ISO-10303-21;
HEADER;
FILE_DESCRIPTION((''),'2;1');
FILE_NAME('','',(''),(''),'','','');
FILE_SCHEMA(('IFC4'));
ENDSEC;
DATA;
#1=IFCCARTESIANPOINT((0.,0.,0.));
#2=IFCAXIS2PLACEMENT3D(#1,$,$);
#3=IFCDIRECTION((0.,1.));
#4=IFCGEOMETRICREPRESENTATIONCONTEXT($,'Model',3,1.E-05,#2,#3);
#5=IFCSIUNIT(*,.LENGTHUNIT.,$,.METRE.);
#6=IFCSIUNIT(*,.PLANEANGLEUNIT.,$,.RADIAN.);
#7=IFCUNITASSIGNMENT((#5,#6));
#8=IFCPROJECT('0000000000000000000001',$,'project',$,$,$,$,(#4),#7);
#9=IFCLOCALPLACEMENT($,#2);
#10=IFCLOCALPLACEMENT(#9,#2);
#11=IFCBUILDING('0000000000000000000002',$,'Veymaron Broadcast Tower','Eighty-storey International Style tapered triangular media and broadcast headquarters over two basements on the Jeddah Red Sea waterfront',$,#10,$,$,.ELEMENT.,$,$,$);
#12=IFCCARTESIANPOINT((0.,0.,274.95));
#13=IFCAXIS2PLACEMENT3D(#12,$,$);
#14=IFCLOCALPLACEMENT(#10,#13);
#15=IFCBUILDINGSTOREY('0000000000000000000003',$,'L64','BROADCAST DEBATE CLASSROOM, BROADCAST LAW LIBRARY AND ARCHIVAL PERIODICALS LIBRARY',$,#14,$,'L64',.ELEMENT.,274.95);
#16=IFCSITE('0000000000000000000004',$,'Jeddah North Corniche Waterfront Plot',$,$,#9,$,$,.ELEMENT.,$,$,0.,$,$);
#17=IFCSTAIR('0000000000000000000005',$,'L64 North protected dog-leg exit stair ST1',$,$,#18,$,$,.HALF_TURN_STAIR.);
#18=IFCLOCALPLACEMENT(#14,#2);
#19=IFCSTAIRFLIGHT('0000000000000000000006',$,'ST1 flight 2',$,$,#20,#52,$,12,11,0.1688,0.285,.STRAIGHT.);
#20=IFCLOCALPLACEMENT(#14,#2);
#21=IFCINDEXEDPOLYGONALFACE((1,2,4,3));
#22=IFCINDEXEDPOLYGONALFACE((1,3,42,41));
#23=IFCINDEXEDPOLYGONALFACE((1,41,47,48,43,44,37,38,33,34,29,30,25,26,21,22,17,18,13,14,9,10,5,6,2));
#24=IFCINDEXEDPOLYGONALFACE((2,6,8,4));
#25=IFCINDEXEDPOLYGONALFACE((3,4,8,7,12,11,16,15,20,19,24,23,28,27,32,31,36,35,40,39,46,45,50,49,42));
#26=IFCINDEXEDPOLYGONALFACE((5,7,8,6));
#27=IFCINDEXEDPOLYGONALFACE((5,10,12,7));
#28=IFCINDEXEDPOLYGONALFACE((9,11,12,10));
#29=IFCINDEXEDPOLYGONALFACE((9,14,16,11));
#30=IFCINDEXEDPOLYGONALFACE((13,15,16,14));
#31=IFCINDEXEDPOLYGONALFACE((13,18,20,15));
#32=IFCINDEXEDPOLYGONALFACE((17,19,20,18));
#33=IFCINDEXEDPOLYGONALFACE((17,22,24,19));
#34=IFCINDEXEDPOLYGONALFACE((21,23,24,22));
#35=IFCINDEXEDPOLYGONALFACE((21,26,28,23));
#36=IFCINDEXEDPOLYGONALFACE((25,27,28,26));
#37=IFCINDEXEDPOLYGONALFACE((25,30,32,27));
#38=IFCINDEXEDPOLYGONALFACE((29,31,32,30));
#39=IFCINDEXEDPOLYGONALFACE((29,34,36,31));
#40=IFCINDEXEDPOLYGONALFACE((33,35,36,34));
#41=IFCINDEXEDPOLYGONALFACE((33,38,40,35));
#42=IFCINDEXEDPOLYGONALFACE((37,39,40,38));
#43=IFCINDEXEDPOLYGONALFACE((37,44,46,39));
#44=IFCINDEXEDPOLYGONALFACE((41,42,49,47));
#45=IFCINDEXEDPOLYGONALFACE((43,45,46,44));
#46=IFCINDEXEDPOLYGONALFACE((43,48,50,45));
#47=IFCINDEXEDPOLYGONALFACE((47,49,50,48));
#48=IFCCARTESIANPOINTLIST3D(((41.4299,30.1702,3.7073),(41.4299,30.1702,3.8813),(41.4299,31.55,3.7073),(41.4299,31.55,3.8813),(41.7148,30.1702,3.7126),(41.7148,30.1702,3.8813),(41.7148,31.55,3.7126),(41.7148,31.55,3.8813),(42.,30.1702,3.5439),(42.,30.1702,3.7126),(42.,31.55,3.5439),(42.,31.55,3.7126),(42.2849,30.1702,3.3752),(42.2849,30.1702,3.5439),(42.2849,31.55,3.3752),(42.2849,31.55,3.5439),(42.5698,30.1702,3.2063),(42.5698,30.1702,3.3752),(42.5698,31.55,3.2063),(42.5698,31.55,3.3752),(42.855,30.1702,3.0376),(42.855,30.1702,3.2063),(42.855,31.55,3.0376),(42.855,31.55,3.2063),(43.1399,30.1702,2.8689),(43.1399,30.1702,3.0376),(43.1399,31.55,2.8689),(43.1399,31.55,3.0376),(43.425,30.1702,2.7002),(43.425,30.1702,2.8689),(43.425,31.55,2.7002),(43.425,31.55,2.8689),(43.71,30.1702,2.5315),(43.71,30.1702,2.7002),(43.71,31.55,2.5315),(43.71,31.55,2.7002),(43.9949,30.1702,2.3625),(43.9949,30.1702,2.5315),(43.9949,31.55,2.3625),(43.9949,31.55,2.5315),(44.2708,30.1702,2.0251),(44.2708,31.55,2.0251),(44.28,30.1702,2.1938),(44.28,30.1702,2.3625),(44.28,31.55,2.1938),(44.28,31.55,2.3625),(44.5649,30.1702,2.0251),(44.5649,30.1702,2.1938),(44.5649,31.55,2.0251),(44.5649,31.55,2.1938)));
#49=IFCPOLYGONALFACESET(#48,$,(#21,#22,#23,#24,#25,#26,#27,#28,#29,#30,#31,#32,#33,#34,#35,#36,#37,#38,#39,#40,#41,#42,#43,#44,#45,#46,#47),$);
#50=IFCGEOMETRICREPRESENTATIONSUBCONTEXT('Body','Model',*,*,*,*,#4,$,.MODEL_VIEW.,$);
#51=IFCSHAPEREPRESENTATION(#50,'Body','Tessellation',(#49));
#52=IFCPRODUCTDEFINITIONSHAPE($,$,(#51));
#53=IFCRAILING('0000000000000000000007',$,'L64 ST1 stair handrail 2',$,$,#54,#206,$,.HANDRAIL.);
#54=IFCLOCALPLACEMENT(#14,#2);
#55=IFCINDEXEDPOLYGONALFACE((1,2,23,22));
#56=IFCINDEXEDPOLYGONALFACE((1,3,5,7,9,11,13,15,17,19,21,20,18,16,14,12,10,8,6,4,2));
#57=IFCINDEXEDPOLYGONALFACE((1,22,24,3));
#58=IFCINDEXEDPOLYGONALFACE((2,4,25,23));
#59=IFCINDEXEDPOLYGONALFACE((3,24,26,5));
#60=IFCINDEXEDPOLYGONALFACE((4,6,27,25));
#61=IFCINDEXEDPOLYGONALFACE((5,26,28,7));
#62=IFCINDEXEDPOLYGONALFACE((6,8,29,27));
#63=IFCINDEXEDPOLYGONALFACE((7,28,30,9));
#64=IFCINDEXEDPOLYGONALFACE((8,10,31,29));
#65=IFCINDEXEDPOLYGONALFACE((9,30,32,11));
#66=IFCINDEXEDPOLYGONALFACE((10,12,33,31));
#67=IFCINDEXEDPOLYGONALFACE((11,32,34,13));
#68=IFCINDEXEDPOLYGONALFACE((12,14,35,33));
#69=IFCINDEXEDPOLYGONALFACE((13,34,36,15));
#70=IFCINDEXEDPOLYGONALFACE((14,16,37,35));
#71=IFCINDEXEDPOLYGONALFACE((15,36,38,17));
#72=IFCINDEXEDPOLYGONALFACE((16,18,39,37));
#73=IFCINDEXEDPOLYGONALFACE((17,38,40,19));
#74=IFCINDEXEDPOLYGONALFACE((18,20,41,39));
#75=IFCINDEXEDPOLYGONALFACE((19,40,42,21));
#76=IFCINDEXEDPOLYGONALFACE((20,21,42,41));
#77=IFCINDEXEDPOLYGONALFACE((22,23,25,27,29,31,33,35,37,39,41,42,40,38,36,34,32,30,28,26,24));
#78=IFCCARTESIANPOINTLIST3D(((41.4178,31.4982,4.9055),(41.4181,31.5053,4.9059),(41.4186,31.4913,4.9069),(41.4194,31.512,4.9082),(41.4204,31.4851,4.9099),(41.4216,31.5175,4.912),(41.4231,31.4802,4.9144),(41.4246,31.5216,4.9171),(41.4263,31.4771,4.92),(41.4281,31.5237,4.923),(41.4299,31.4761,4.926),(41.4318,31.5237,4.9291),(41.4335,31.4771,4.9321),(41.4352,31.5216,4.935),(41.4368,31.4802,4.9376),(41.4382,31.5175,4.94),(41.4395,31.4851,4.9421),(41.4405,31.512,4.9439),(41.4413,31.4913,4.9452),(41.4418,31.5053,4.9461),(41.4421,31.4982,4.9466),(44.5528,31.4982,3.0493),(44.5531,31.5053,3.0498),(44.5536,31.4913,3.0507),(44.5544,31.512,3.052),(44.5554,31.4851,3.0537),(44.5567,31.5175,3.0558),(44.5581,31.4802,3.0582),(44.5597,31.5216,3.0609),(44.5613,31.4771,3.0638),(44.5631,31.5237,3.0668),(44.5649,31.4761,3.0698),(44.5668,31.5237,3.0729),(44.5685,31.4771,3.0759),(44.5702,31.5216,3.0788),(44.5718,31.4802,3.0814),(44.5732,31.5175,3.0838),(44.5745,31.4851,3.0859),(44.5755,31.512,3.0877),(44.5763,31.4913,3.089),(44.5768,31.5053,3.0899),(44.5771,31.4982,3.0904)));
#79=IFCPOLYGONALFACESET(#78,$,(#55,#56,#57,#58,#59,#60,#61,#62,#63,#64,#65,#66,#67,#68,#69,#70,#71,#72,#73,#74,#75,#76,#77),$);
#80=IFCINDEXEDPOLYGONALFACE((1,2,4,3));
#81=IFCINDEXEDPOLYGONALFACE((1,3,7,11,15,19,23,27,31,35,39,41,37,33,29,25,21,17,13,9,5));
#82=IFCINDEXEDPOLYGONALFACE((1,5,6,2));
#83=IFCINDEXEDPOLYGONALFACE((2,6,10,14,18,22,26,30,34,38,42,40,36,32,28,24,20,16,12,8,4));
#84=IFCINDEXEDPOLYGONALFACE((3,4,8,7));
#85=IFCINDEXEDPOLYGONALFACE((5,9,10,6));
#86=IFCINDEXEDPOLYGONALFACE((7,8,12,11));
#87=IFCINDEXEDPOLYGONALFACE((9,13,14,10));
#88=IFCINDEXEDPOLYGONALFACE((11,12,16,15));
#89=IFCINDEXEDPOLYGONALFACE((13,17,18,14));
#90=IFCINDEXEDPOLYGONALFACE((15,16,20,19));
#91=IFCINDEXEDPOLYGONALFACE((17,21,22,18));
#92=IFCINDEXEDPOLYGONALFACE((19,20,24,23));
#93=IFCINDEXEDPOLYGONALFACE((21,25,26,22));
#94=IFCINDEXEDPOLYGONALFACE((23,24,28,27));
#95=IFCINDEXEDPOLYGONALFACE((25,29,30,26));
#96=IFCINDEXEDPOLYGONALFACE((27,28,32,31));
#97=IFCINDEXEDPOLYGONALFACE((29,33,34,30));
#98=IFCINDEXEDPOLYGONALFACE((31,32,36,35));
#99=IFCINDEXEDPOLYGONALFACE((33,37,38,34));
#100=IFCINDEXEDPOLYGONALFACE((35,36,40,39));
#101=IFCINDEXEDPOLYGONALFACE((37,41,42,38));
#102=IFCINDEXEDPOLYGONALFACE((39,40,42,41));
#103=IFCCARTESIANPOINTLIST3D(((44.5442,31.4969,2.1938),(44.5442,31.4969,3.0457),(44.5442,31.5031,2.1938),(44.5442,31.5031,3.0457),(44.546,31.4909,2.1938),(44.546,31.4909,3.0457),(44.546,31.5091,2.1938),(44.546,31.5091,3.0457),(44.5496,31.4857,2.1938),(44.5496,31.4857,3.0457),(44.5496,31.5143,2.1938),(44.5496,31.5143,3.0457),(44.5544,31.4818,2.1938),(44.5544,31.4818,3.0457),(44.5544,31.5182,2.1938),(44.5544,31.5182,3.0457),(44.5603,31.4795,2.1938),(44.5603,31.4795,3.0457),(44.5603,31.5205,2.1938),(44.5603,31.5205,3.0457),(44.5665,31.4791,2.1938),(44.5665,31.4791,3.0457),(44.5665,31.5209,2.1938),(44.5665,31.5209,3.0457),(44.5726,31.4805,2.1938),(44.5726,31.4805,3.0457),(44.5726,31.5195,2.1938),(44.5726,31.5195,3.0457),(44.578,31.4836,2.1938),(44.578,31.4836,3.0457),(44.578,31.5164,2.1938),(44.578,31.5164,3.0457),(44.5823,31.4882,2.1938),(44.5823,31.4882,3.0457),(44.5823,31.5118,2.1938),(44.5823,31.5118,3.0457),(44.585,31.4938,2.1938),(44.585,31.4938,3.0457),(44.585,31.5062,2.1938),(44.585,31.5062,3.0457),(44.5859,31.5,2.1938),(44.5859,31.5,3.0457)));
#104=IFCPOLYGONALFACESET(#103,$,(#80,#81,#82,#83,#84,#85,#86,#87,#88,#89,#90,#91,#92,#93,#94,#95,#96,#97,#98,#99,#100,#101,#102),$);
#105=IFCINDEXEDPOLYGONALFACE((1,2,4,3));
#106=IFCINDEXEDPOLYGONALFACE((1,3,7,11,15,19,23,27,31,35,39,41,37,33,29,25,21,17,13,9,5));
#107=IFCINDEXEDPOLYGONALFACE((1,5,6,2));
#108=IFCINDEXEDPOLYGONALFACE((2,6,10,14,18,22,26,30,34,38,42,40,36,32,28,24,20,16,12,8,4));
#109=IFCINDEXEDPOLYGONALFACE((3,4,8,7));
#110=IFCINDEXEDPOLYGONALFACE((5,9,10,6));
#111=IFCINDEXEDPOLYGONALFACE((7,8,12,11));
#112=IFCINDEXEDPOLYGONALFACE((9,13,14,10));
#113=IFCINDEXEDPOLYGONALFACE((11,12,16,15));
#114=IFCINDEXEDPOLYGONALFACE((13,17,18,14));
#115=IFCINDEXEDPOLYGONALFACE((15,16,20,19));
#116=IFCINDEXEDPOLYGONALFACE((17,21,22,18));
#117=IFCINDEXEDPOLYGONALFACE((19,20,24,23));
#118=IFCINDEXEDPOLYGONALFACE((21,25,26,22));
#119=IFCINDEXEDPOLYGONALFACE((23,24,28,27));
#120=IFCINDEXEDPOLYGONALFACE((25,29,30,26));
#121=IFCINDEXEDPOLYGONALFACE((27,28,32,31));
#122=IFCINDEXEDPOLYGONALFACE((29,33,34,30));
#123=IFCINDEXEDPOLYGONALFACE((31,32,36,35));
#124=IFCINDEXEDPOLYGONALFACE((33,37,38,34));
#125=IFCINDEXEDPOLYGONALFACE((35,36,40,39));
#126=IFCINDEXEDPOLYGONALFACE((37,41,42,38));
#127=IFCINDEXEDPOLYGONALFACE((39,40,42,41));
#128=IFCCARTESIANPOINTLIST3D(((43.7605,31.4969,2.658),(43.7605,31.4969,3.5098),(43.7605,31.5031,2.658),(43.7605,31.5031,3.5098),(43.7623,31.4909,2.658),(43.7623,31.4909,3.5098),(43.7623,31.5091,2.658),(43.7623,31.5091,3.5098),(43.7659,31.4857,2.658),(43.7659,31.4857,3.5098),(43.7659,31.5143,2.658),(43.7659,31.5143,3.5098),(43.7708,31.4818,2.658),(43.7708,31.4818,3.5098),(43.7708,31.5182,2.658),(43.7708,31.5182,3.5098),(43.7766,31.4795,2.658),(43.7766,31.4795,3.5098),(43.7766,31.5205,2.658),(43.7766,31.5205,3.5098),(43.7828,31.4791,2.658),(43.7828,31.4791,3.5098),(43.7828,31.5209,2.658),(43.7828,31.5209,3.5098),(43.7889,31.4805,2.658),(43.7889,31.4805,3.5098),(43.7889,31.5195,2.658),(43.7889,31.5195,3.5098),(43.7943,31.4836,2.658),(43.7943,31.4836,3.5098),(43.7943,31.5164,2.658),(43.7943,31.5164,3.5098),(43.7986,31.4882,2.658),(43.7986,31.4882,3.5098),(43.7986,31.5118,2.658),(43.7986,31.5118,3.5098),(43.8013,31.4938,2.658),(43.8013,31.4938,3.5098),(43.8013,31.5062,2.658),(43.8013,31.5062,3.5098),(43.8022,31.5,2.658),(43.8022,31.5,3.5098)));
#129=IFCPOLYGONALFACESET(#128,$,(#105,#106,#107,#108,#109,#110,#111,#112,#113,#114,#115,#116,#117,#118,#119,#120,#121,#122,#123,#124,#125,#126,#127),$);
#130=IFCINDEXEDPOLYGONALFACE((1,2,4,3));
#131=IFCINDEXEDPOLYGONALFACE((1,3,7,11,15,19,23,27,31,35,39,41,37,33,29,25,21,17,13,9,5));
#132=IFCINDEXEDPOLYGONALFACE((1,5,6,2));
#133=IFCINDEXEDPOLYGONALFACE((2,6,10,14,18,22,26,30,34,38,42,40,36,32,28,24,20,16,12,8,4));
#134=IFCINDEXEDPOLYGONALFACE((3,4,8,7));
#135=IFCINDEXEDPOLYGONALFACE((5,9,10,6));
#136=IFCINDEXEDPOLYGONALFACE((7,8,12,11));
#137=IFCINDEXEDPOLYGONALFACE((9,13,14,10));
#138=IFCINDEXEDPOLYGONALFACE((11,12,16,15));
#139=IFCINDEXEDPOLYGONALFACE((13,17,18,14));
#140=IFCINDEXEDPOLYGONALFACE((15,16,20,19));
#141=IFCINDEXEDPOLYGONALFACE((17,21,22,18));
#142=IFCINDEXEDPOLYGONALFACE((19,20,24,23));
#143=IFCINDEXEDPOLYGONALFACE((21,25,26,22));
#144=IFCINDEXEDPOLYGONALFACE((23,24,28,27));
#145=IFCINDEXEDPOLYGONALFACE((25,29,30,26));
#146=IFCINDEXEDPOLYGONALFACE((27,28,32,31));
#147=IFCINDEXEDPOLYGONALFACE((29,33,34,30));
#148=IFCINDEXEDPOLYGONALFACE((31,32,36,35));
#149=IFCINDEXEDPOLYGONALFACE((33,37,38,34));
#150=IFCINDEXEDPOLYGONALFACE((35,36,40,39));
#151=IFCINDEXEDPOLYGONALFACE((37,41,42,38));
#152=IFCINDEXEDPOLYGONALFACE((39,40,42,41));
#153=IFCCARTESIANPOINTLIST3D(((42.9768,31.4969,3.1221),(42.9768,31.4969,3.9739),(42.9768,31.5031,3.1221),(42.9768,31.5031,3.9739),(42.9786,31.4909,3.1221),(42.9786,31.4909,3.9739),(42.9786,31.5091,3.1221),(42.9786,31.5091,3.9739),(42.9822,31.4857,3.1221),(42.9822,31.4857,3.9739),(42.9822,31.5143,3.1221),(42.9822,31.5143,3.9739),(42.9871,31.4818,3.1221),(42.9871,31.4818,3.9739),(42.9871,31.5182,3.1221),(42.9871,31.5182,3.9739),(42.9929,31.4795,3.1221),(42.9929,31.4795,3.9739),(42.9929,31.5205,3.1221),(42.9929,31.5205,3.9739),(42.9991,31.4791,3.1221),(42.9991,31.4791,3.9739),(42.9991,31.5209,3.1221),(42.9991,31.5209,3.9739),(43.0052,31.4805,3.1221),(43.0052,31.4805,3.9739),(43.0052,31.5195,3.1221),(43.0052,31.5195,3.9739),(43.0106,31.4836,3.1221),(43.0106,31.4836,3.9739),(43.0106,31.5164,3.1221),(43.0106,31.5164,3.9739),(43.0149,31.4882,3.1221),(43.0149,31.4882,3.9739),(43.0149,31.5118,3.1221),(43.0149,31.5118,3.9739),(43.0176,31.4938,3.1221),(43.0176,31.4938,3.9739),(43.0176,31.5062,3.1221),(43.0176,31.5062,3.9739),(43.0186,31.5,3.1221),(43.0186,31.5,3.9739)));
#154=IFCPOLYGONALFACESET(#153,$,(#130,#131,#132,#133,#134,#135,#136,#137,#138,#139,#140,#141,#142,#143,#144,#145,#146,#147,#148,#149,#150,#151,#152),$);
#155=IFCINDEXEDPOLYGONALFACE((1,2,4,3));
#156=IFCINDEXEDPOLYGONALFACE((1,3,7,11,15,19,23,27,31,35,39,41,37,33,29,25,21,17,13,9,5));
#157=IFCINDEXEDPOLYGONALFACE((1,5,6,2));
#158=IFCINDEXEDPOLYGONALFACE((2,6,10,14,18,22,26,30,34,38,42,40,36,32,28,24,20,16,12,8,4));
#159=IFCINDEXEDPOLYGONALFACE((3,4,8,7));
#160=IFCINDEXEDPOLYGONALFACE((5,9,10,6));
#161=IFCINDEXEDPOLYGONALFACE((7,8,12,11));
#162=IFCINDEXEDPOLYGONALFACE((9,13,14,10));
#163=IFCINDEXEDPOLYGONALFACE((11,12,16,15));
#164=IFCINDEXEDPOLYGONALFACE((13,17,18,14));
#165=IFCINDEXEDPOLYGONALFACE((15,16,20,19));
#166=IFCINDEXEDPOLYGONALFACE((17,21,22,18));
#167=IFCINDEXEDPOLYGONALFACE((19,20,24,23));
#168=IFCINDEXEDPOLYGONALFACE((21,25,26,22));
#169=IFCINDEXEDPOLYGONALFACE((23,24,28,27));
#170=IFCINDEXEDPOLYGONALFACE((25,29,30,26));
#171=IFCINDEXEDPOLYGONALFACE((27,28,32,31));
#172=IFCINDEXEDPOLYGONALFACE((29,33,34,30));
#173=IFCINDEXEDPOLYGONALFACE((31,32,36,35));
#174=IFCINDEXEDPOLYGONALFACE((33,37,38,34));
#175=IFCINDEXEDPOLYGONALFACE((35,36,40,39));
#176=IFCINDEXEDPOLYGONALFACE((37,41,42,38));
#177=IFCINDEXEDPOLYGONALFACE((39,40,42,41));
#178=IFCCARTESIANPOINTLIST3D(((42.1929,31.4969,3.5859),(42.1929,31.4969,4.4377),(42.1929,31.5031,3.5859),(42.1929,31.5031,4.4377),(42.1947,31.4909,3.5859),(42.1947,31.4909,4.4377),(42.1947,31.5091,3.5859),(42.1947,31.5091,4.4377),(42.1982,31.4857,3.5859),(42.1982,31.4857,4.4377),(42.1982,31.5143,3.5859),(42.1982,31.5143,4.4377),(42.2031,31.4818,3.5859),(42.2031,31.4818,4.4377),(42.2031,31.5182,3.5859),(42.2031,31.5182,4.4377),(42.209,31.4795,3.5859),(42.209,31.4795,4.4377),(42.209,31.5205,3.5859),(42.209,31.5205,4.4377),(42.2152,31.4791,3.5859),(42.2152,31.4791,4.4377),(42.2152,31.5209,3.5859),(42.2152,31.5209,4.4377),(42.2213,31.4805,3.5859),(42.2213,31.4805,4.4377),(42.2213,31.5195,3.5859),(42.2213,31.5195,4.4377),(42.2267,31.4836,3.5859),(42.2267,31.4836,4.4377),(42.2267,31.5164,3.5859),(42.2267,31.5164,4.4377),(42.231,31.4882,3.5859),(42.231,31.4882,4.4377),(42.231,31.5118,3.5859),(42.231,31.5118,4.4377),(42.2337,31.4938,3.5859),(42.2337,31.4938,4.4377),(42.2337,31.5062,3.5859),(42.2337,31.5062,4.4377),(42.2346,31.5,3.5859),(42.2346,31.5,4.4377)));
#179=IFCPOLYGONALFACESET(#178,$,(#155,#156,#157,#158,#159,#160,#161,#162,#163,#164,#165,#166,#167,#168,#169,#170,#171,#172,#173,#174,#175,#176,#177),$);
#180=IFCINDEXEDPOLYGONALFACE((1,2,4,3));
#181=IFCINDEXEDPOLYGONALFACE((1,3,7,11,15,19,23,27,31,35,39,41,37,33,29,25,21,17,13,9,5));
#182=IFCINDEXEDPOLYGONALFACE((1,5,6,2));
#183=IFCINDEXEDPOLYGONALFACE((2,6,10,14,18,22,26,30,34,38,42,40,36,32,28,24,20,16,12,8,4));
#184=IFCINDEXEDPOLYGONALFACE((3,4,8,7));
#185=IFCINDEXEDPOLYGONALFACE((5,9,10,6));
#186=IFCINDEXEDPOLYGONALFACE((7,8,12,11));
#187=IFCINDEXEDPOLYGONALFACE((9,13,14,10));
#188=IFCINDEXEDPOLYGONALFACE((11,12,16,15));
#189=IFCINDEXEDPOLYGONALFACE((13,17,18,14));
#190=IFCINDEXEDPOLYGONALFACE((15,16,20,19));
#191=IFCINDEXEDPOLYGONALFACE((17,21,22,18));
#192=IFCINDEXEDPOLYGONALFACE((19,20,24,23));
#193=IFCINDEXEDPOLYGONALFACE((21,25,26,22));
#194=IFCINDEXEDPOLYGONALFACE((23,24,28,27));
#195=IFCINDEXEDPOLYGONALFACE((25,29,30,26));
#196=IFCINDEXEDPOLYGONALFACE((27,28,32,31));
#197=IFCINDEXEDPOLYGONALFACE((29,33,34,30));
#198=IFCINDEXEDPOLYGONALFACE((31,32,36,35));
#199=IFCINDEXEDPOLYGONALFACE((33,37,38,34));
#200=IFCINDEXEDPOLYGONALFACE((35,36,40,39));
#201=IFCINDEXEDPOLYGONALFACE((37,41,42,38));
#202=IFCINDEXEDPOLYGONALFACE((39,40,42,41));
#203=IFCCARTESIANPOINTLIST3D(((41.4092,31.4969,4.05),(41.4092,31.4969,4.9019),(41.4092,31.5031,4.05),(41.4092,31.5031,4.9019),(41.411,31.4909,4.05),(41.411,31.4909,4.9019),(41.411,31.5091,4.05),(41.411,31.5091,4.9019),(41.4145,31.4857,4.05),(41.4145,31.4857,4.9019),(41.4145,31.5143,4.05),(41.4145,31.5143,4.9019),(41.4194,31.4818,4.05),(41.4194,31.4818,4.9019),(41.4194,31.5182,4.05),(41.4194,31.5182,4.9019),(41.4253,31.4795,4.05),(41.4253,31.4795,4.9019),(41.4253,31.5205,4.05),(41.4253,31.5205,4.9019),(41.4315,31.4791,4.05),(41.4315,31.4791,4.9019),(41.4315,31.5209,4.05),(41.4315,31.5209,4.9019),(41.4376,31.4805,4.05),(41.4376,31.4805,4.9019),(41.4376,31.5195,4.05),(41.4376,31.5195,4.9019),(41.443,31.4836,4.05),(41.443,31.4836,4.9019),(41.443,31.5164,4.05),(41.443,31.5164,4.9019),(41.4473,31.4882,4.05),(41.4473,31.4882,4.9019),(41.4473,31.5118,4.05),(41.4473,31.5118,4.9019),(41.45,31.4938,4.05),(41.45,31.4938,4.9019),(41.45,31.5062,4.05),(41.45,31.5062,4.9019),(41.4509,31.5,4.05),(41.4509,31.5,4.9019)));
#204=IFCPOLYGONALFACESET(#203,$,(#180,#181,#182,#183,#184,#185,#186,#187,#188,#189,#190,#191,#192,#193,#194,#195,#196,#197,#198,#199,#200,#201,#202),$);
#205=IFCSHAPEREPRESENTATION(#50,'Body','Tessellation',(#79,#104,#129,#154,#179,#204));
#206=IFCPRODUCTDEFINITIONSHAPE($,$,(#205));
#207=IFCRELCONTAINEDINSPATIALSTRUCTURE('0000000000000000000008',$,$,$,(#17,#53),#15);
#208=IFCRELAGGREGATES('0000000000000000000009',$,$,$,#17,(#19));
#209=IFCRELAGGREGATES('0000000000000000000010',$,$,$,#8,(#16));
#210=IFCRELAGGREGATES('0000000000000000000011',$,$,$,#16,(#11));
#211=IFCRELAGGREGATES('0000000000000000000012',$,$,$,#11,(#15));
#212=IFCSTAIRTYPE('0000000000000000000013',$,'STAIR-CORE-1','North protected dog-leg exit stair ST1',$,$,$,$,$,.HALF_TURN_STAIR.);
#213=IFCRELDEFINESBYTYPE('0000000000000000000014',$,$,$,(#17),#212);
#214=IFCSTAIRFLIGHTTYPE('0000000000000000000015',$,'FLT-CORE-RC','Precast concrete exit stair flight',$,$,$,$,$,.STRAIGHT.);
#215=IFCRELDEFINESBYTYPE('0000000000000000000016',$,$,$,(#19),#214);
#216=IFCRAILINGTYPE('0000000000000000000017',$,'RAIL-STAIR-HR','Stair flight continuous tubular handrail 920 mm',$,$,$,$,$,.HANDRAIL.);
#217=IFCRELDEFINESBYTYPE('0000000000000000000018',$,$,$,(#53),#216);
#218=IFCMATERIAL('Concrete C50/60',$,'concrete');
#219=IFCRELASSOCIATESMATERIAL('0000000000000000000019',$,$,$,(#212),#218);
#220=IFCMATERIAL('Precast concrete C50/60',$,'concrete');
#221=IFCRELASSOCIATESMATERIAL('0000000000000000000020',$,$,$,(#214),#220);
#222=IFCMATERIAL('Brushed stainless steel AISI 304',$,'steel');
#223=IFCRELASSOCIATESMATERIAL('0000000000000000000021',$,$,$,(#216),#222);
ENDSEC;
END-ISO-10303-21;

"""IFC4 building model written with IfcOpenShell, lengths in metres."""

from ifc_helpers import new_model, si_unit, direction, frame, origin, origin_2d, place, context, subcontext, project, spatial, polyline, circle, outline, extrude, material, type_object, element, aggregate, save


model = new_model("IFC4")

# Units and contexts
model_context = context("Model", 3, precision=1e-05, world=origin(), true_north=direction((0.0, 1.0)))
body_context = subcontext(model_context, "Body", "Model", "MODEL_VIEW")
ifc_project = project(units=[si_unit("LENGTHUNIT", "METRE"), si_unit("PLANEANGLEUNIT", "RADIAN")], contexts=[model_context])

# Site, building, storey
site_placement = place(None, origin())
site = spatial("IfcSite", under=ifc_project, at=site_placement, Name="Jeddah North Corniche Waterfront Plot", CompositionType="ELEMENT", RefElevation=0.0)
building_placement = place(site_placement, origin())
building = spatial("IfcBuilding", under=site, at=building_placement, Name="Veymaron Broadcast Tower", Description="Eighty-storey International Style tapered triangular media and broadcast headquarters over two basements on the Jeddah Red Sea waterfront", CompositionType="ELEMENT")
storey_placement = place(building_placement, frame((0.0, 0.0, 274.95)))
storey = spatial("IfcBuildingStorey", under=building, at=storey_placement, Name="L64", Description="BROADCAST DEBATE CLASSROOM, BROADCAST LAW LIBRARY AND ARCHIVAL PERIODICALS LIBRARY", LongName="L64", CompositionType="ELEMENT", Elevation=274.95)

# Shared definitions
ifc_material_1 = material(Name="Brushed stainless steel AISI 304", Category="steel")

# Shared definitions
ifc_material_2 = material(Name="Concrete C50/60", Category="concrete")

# Stair, stair flight
stair_type = type_object("IfcStairType", Name="STAIR-CORE-1", Description="North protected dog-leg exit stair ST1", PredefinedType="HALF_TURN_STAIR", material=ifc_material_2)
stair_placement = place(storey_placement, origin())
stair = element("IfcStair", 1, at=stair_placement, inside=storey, type_object=stair_type, Name="L64 North protected dog-leg exit stair ST1", PredefinedType="HALF_TURN_STAIR")
ifc_material_3 = material(Name="Precast concrete C50/60", Category="concrete")
stair_flight_type = type_object("IfcStairFlightType", Name="FLT-CORE-RC", Description="Precast concrete exit stair flight", PredefinedType="STRAIGHT", material=ifc_material_3)
stair_flight_placement = place(storey_placement, frame((44.5649, 30.8601, 2.0251), z_axis=(0.0, 0.0, 1.0), x_axis=(-1.0, 0.0, 0.0)))
stair_flight = element("IfcStairFlight", 2, at=stair_flight_placement, type_object=stair_flight_type, Name="ST1 flight 2", NumberOfRisers=12, NumberOfTreads=11, PredefinedType="STRAIGHT", RiserHeight=0.1688, TreadLength=0.285, context=body_context, shape_type="SweptSolid", body=[
    extrude(outline(polyline([(0.0, 0.0), (0.0, 0.1687), (0.2849, 0.1687), (0.2849, 0.3374), (0.5701, 0.3374), (0.5701, 0.5063), (0.855, 0.5063), (0.855, 0.675), (1.1399, 0.675), (1.1399, 0.8438), (1.425, 0.8438), (1.425, 1.0125), (1.71, 1.0125), (1.71, 1.1812), (1.9951, 1.1812), (1.9951, 1.3501), (2.28, 1.3501), (2.28, 1.5188), (2.5649, 1.5188), (2.5649, 1.6875), (2.8501, 1.6875), (2.8501, 1.8562), (3.135, 1.8562), (3.135, 2.0249), (3.135, 1.6821), (0.2942, 0.0), (0.0, 0.0)])), frame((0.0, 0.6899, 0.0), z_axis=(0.0, -1.0, 0.0), x_axis=(1.0, 0.0, 0.0)), (0.0, 0.0, 1.0), 1.3799),
])
aggregate(stair, [stair_flight])

# Railing
railing_type_1 = type_object("IfcRailingType", Name="RAIL-STAIR-HR", Description="Stair flight continuous tubular handrail 920 mm", PredefinedType="HANDRAIL", material=ifc_material_1)
railing_1_placement = place(storey_placement, frame((44.5649, 31.5, 2.1938)))
element("IfcRailing", 3, at=railing_1_placement, inside=storey, type_object=railing_type_1, Name="L64 ST1 stair handrail 2", PredefinedType="HANDRAIL", context=body_context, shape_type="SweptSolid", body=[
    extrude(circle(Radius=0.0239, at=origin_2d()), frame((0.0, 0.0, 0.876), z_axis=(-0.860482, 0.0, 0.509481), x_axis=(0.0, -1.0, 0.0)), (0.0, 0.0, 1.0), 3.6433),
    extrude(circle(Radius=0.021, at=origin_2d()), origin(), (0.0, 0.0, 1.0), 0.8518),
    extrude(circle(Radius=0.021, at=origin_2d()), frame((-0.7837, 0.0, 0.4641)), (0.0, 0.0, 1.0), 0.8518),
    extrude(circle(Radius=0.021, at=origin_2d()), frame((-1.5674, 0.0, 0.9282)), (0.0, 0.0, 1.0), 0.8518),
    extrude(circle(Radius=0.021, at=origin_2d()), frame((-2.3513, 0.0, 1.3921)), (0.0, 0.0, 1.0), 0.8518),
    extrude(circle(Radius=0.021, at=origin_2d()), frame((-3.135, 0.0, 1.8562)), (0.0, 0.0, 1.0), 0.8518),
])

save(model, "model.ifc")
